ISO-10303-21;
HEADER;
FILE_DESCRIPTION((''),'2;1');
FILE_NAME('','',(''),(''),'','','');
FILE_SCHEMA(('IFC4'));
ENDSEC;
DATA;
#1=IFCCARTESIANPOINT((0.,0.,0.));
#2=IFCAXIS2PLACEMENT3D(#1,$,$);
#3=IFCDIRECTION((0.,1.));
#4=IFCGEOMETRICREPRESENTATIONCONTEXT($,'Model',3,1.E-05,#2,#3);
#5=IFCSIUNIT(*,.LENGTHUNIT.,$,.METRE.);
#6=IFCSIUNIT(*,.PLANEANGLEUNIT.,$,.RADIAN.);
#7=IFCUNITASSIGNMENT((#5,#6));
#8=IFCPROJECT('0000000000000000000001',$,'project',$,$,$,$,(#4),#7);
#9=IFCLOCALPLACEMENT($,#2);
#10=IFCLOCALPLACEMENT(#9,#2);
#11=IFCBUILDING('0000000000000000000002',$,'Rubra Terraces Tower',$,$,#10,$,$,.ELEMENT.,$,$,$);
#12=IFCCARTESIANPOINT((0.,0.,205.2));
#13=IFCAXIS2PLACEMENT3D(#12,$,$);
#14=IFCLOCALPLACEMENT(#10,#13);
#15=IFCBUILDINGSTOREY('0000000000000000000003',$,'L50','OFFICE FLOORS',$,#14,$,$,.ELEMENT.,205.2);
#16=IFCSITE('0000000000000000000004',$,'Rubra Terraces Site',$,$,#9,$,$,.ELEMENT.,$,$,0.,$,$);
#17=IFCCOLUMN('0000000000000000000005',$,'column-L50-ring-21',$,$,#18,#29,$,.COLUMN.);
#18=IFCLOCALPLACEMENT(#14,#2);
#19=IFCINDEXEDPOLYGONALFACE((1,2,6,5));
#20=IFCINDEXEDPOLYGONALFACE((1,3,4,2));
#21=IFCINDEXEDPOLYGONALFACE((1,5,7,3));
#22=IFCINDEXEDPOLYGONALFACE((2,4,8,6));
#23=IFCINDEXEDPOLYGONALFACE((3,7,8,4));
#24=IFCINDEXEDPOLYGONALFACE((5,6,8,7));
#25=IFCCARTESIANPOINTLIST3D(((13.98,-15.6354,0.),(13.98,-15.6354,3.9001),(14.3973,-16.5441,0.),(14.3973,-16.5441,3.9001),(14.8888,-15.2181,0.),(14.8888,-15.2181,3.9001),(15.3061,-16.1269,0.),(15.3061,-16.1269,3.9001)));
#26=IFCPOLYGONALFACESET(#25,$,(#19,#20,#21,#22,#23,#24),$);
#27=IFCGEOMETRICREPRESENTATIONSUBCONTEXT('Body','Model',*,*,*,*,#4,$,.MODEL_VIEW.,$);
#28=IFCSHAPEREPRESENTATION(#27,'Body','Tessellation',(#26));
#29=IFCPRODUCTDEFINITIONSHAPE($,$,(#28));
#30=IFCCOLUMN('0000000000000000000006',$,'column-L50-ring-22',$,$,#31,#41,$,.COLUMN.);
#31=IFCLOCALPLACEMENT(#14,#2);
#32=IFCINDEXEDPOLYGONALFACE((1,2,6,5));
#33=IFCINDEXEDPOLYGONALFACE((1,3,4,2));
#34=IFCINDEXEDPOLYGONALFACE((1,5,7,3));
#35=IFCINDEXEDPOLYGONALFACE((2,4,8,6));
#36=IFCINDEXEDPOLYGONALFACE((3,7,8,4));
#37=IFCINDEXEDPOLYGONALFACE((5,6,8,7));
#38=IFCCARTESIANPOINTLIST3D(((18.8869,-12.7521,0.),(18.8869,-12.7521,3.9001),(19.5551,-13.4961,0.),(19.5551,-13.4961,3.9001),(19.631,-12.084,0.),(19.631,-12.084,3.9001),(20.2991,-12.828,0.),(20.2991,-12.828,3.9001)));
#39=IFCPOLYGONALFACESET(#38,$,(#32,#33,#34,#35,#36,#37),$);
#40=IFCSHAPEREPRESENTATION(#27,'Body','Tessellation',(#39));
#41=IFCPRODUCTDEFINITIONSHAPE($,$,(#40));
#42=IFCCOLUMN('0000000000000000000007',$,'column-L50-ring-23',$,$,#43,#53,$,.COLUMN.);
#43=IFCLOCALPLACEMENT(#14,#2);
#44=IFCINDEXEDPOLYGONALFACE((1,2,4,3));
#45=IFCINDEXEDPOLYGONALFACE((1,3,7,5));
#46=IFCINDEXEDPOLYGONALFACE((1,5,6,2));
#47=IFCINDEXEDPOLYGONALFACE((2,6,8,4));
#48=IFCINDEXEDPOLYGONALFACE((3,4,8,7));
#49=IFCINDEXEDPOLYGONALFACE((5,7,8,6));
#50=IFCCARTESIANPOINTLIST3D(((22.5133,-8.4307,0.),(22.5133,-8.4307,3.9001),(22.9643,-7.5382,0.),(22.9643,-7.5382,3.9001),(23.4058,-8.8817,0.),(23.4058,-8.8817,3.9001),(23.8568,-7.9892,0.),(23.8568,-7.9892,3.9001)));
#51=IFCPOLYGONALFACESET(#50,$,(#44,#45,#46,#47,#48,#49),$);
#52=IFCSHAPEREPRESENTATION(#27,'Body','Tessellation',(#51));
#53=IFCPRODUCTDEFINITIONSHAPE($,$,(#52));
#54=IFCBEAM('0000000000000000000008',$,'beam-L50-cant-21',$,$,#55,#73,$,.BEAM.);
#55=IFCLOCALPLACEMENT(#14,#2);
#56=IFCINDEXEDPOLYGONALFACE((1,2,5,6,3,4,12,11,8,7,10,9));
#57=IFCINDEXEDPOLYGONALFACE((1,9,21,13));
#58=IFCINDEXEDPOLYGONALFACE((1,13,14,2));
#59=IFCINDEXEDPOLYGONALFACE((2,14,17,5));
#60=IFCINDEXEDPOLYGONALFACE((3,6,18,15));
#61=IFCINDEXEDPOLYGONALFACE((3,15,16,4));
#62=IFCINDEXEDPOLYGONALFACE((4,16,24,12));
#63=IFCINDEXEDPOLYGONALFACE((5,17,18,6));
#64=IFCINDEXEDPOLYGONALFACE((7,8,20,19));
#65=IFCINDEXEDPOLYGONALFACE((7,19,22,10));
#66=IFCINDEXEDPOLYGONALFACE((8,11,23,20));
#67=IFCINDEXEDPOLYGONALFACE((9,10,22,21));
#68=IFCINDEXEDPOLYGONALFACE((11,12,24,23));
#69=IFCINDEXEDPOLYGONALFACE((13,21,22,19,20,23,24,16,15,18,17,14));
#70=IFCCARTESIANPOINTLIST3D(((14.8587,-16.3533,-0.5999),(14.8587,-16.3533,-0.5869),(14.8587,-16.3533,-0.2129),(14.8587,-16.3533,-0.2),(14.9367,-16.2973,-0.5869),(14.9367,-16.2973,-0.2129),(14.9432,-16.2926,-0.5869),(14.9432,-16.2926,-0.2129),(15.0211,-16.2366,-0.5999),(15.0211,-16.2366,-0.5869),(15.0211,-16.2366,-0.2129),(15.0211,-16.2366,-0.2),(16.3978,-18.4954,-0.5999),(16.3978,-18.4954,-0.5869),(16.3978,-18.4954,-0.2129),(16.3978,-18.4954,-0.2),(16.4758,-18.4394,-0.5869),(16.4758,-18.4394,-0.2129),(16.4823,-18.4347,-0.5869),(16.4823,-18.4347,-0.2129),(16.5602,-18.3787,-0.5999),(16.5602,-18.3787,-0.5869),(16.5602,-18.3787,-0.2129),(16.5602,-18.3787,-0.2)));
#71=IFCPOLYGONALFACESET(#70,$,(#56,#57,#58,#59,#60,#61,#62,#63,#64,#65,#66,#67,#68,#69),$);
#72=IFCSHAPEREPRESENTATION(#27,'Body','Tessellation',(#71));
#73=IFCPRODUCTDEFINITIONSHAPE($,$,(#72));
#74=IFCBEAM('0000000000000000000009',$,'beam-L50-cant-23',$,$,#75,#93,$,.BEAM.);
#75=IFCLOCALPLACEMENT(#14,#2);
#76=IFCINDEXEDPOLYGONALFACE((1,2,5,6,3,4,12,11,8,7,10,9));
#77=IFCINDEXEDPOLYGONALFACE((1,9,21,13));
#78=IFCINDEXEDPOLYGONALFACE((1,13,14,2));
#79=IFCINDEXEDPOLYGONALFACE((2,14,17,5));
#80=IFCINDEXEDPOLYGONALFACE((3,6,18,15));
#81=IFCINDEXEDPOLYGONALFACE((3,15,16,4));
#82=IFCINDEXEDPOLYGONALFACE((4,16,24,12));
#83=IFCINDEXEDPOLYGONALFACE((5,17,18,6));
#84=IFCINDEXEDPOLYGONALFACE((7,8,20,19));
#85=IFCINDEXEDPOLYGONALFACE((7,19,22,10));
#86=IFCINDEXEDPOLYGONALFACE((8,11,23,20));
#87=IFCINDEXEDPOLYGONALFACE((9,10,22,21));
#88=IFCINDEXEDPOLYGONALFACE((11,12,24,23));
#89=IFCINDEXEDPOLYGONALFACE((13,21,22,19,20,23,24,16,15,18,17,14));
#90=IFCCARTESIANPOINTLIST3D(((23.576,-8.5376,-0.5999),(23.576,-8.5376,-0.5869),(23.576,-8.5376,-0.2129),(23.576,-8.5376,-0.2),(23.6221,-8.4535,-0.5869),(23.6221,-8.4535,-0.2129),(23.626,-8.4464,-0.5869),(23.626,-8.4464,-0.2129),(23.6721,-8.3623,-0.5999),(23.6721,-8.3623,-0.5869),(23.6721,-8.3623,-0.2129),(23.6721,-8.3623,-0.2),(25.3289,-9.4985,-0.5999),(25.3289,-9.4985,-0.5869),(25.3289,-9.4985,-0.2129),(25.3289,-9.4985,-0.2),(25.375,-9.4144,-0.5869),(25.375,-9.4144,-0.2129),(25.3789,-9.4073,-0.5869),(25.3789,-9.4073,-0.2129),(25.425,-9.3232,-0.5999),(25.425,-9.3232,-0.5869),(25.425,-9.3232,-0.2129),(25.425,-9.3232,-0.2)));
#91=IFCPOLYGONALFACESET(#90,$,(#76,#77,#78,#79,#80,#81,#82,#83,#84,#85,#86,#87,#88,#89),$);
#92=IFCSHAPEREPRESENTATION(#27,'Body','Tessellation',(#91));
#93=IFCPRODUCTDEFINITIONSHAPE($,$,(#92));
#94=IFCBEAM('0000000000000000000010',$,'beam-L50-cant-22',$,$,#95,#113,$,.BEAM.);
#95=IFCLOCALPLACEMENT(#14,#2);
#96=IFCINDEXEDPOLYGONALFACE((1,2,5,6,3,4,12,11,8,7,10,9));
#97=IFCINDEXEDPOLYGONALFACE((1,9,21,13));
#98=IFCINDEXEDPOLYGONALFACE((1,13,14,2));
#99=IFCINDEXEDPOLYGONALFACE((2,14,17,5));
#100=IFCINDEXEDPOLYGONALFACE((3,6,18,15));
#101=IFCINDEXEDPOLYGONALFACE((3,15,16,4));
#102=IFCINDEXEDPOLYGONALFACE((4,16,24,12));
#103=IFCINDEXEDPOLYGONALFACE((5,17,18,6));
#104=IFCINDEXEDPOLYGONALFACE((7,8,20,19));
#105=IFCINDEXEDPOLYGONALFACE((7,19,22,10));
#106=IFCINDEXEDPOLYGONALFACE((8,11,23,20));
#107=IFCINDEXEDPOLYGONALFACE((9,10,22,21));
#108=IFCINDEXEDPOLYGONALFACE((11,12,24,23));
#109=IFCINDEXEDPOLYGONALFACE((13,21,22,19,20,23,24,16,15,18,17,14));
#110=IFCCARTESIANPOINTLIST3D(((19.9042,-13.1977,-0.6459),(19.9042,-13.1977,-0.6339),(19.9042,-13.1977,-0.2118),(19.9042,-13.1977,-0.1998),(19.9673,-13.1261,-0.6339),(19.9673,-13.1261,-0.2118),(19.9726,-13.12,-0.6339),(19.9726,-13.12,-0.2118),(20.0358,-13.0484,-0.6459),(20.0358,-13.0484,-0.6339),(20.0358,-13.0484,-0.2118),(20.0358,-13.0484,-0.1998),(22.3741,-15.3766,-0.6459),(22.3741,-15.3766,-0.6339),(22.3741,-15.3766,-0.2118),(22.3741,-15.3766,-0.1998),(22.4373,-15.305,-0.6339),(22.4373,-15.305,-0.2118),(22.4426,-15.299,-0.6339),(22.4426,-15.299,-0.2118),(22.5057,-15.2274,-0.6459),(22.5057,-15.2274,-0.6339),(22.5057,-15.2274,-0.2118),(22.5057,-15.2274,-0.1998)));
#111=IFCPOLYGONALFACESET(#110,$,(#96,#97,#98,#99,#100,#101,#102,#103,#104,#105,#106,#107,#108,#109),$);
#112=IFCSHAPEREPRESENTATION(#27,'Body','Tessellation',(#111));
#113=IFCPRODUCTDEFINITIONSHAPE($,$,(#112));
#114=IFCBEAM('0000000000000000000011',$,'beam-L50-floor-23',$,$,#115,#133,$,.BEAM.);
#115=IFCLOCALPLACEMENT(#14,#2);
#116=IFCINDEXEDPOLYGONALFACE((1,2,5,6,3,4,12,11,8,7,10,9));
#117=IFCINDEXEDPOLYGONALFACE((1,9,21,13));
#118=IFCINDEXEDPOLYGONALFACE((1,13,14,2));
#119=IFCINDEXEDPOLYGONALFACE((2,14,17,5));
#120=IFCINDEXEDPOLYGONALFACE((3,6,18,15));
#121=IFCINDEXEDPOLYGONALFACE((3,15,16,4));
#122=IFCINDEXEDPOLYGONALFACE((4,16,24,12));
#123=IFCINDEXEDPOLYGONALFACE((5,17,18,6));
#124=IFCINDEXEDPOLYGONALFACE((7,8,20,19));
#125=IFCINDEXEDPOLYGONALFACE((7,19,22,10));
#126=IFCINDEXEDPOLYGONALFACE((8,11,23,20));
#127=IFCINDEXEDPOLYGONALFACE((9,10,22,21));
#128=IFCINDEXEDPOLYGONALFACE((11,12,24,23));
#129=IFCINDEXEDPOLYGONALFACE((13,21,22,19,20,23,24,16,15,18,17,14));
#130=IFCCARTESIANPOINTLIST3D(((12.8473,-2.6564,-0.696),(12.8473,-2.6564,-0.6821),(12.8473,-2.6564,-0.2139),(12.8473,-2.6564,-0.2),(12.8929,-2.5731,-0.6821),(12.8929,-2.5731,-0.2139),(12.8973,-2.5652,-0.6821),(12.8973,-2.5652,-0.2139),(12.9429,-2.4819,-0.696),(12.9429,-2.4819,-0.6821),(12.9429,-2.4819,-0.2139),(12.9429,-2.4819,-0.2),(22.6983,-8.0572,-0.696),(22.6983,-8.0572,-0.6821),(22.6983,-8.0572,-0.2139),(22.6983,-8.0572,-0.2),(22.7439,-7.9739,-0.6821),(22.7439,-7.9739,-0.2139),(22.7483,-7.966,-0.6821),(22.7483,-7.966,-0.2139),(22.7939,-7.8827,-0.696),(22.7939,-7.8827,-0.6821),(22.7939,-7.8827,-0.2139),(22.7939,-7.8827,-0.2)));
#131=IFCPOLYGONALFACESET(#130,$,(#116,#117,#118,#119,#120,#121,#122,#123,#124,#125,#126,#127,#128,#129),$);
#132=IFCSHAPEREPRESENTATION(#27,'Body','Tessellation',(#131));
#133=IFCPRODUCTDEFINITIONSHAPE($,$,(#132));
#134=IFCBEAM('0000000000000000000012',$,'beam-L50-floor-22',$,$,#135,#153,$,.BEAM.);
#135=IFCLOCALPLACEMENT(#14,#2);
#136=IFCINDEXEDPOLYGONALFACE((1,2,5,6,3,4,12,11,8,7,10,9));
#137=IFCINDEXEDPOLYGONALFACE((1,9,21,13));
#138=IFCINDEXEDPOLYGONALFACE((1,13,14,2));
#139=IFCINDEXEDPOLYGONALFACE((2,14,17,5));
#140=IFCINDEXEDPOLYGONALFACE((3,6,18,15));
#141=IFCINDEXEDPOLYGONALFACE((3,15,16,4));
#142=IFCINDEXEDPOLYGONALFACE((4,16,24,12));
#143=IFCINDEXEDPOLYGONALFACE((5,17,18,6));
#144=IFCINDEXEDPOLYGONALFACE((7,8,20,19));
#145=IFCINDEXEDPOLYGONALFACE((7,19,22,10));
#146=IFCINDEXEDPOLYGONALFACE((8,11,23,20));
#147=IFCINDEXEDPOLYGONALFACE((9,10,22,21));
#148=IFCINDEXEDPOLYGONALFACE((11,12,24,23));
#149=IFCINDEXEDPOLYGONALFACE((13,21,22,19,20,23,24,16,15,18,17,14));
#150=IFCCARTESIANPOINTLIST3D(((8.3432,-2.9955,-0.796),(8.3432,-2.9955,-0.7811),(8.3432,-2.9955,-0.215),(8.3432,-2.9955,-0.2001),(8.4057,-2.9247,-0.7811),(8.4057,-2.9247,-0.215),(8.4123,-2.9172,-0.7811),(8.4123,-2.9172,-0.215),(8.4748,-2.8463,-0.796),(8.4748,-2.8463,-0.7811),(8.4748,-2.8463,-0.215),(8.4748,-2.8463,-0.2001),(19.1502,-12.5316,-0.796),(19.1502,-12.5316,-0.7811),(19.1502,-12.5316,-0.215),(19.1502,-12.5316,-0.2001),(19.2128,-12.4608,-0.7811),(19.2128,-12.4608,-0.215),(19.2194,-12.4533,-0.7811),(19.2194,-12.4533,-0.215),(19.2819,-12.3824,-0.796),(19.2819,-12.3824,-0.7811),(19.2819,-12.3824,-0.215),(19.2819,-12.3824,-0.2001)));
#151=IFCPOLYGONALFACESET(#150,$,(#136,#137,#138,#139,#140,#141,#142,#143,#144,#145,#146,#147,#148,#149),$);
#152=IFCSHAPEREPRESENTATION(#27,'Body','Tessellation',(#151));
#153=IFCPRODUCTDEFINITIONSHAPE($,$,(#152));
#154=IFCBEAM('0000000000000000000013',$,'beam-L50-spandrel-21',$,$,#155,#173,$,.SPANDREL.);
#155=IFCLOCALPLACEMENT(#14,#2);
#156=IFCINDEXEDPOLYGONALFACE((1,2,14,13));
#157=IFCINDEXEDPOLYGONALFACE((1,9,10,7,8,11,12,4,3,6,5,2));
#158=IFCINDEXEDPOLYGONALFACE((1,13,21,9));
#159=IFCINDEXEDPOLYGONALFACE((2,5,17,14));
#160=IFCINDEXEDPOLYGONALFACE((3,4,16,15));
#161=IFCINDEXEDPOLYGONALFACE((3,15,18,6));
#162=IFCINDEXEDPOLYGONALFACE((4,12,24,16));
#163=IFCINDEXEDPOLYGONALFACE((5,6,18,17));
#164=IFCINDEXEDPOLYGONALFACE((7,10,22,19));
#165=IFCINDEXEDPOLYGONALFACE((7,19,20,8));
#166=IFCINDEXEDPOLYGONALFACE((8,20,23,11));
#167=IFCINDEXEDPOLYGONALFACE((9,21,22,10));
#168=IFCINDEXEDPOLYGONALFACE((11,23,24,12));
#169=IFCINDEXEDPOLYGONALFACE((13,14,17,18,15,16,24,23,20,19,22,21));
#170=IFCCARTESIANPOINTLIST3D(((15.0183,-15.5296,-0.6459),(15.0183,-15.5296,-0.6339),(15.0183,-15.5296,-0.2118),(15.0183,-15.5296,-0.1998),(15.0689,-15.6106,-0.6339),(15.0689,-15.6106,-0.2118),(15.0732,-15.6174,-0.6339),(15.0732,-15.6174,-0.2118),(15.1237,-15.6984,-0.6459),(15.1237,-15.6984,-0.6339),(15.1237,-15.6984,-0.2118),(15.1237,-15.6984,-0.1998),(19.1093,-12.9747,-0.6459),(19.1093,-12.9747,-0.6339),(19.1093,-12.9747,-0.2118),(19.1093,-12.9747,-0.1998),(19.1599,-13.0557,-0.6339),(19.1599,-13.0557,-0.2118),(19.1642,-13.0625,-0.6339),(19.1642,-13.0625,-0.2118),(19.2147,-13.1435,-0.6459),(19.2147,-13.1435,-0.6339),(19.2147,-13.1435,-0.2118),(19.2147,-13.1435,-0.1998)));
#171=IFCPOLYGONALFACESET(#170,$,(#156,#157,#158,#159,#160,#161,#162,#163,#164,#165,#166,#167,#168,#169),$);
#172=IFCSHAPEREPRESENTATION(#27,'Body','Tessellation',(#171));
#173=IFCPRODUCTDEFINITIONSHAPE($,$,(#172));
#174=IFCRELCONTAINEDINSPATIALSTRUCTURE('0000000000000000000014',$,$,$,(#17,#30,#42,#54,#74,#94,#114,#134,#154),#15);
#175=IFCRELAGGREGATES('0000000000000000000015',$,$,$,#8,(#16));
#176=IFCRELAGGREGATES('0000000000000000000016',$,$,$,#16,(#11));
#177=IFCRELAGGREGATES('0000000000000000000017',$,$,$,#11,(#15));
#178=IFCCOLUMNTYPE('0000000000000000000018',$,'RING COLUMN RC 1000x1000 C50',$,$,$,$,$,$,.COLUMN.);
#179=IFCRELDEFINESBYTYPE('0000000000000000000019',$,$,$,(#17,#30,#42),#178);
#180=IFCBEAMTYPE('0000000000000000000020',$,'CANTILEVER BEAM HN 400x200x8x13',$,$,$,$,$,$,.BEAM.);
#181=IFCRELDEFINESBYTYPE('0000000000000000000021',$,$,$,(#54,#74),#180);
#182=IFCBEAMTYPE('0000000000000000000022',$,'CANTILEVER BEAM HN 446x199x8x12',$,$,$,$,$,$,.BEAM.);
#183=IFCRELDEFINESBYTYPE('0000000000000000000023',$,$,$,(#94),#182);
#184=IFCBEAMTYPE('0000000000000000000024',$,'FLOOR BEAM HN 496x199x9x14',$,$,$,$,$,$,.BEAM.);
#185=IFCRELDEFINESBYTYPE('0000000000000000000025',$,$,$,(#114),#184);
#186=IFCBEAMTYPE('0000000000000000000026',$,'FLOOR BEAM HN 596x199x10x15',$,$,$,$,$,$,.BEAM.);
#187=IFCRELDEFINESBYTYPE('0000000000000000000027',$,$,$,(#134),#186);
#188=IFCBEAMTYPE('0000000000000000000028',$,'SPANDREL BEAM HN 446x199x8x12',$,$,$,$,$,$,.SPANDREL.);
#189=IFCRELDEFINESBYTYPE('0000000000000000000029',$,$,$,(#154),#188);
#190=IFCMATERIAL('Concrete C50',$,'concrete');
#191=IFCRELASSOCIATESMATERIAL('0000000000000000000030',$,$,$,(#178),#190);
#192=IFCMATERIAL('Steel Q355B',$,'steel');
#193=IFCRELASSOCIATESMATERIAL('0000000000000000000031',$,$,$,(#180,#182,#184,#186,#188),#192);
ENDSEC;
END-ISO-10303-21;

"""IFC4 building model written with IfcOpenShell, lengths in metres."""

from ifc_helpers import new_model, si_unit, direction, frame, origin, origin_2d, place, context, subcontext, project, spatial, rectangle, i_section, extrude, material, material_profile, profile_set, type_object, element, save


model = new_model("IFC4")

# Units and contexts
model_context = context("Model", 3, precision=1e-05, world=origin(), true_north=direction((0.0, 1.0)))
body_context = subcontext(model_context, "Body", "Model", "MODEL_VIEW")
ifc_project = project(units=[si_unit("LENGTHUNIT", "METRE"), si_unit("PLANEANGLEUNIT", "RADIAN")], contexts=[model_context])

# Site, building, storey
site_placement = place(None, origin())
site = spatial("IfcSite", under=ifc_project, at=site_placement, Name="Rubra Terraces Site", CompositionType="ELEMENT", RefElevation=0.0)
building_placement = place(site_placement, origin())
building = spatial("IfcBuilding", under=site, at=building_placement, Name="Rubra Terraces Tower", CompositionType="ELEMENT")
storey_placement = place(building_placement, frame((0.0, 0.0, 205.2)))
storey = spatial("IfcBuildingStorey", under=building, at=storey_placement, Name="L50", Description="OFFICE FLOORS", CompositionType="ELEMENT", Elevation=205.2)

# Columns
ifc_material_1 = material(Name="Concrete C50", Category="concrete")
ifc_material_profile_1 = material_profile(ifc_material_1, rectangle(XDim=1.0, YDim=1.0, at=origin_2d()), Name="RC 1000x1000")
ifc_profile_set_1 = profile_set([ifc_material_profile_1], Name="Concrete C50")
column_type = type_object("IfcColumnType", Name="RING COLUMN RC 1000x1000 C50", PredefinedType="COLUMN", material=ifc_profile_set_1)
for number, where, z_axis, x_axis, name in (
    (1, (14.6431, -15.8811, 0.0), (0.0, 0.0, 1.0), (0.908779, 0.417279, 0.0), "column-L50-ring-21"),
    (2, (19.593, -12.79, 0.0), (0.0, 0.0, 1.0), (0.744021, 0.668156, 0.0), "column-L50-ring-22"),
    (3, (23.1851, -8.21, 0.0), (0.0, 0.0, 1.0), (0.451028, 0.89251, 0.0), "column-L50-ring-23"),
):
    element("IfcColumn", number, at=place(storey_placement, frame(where, z_axis=z_axis, x_axis=x_axis)), inside=storey, type_object=column_type, Name=name, PredefinedType="COLUMN", context=body_context, shape_type="SweptSolid", body=[
        extrude(rectangle(XDim=1.0, YDim=1.0, at=origin_2d()), origin(), (0.0, 0.0, 1.0), 3.9001),
    ])

# Beams
ifc_material_2 = material(Name="Steel Q355B", Category="steel")
ifc_material_profile_2 = material_profile(ifc_material_2, i_section(OverallWidth=0.2, OverallDepth=0.3999, WebThickness=0.0081, FlangeThickness=0.0129, at=origin_2d()), Name="HN 400x200x8x13")
ifc_profile_set_2 = profile_set([ifc_material_profile_2], Name="Steel Q355B")
beam_type_1 = type_object("IfcBeamType", Name="CANTILEVER BEAM HN 400x200x8x13", PredefinedType="BEAM", material=ifc_profile_set_2)
beam_1_placement = place(storey_placement, frame((14.9399, -16.2949, -0.3999), z_axis=(0.583495, -0.812117, 0.0), x_axis=(0.812117, 0.583495, 0.0)))
element("IfcBeam", 4, at=beam_1_placement, inside=storey, type_object=beam_type_1, Name="beam-L50-cant-21", PredefinedType="BEAM", context=body_context, shape_type="SweptSolid", body=[
    extrude(i_section(OverallWidth=0.2, OverallDepth=0.3999, WebThickness=0.0081, FlangeThickness=0.0129, at=origin_2d()), origin(), (0.0, 0.0, 1.0), 2.6377),
])
beam_2_placement = place(storey_placement, frame((23.624, -8.45, -0.3999), z_axis=(0.876885, -0.480699, 0.0), x_axis=(0.480699, 0.876885, 0.0)))
element("IfcBeam", 5, at=beam_2_placement, inside=storey, type_object=beam_type_1, Name="beam-L50-cant-23", PredefinedType="BEAM", context=body_context, shape_type="SweptSolid", body=[
    extrude(i_section(OverallWidth=0.2, OverallDepth=0.3999, WebThickness=0.0081, FlangeThickness=0.0129, at=origin_2d()), origin(), (0.0, 0.0, 1.0), 1.999),
])
ifc_material_profile_3 = material_profile(ifc_material_2, i_section(OverallWidth=0.199, OverallDepth=0.446, WebThickness=0.0081, FlangeThickness=0.012, at=origin_2d()), Name="HN 446x199x8x12")
ifc_profile_set_3 = profile_set([ifc_material_profile_3], Name="Steel Q355B")
beam_type_2 = type_object("IfcBeamType", Name="CANTILEVER BEAM HN 446x199x8x12", PredefinedType="BEAM", material=ifc_profile_set_3)
beam_3_placement = place(storey_placement, frame((19.97, -13.123, -0.4229), z_axis=(0.749903, -0.661548, 0.0), x_axis=(0.661548, 0.749903, 0.0)))
element("IfcBeam", 6, at=beam_3_placement, inside=storey, type_object=beam_type_2, Name="beam-L50-cant-22", PredefinedType="BEAM", context=body_context, shape_type="SweptSolid", body=[
    extrude(i_section(OverallWidth=0.199, OverallDepth=0.446, WebThickness=0.0081, FlangeThickness=0.012, at=origin_2d()), origin(), (0.0, 0.0, 1.0), 3.2937),
])
ifc_material_profile_4 = material_profile(ifc_material_2, i_section(OverallWidth=0.199, OverallDepth=0.4961, WebThickness=0.009, FlangeThickness=0.0139, at=origin_2d()), Name="HN 496x199x9x14")
ifc_profile_set_4 = profile_set([ifc_material_profile_4], Name="Steel Q355B")
beam_type_3 = type_object("IfcBeamType", Name="FLOOR BEAM HN 496x199x9x14", PredefinedType="BEAM", material=ifc_profile_set_4)
beam_4_placement = place(storey_placement, frame((22.7461, -7.97, -0.448), z_axis=(-0.876862, 0.480742, 0.0), x_axis=(-0.480742, -0.876862, 0.0)))
element("IfcBeam", 7, at=beam_4_placement, inside=storey, type_object=beam_type_3, Name="beam-L50-floor-23", PredefinedType="BEAM", context=body_context, shape_type="SweptSolid", body=[
    extrude(i_section(OverallWidth=0.199, OverallDepth=0.4961, WebThickness=0.009, FlangeThickness=0.0139, at=origin_2d()), origin(), (0.0, 0.0, 1.0), 11.2344),
])
ifc_material_profile_5 = material_profile(ifc_material_2, i_section(OverallWidth=0.199, OverallDepth=0.5959, WebThickness=0.01, FlangeThickness=0.0149, at=origin_2d()), Name="HN 596x199x10x15")
ifc_profile_set_5 = profile_set([ifc_material_profile_5], Name="Steel Q355B")
beam_type_4 = type_object("IfcBeamType", Name="FLOOR BEAM HN 596x199x10x15", PredefinedType="BEAM", material=ifc_profile_set_5)
beam_5_placement = place(storey_placement, frame((19.2161, -12.457, -0.498), z_axis=(-0.749823, 0.661638, 0.0), x_axis=(-0.661638, -0.749823, 0.0)))
element("IfcBeam", 8, at=beam_5_placement, inside=storey, type_object=beam_type_4, Name="beam-L50-floor-22", PredefinedType="BEAM", context=body_context, shape_type="SweptSolid", body=[
    extrude(i_section(OverallWidth=0.199, OverallDepth=0.5959, WebThickness=0.01, FlangeThickness=0.0149, at=origin_2d()), origin(), (0.0, 0.0, 1.0), 14.4128),
])
ifc_material_profile_6 = material_profile(ifc_material_2, i_section(OverallWidth=0.199, OverallDepth=0.446, WebThickness=0.0081, FlangeThickness=0.012, at=origin_2d()), Name="HN 446x199x8x12")
ifc_profile_set_6 = profile_set([ifc_material_profile_6], Name="Steel Q355B")
beam_type_5 = type_object("IfcBeamType", Name="SPANDREL BEAM HN 446x199x8x12", PredefinedType="SPANDREL", material=ifc_profile_set_6)
beam_6_placement = place(storey_placement, frame((15.071, -15.614, -0.4229), z_axis=(0.848183, 0.529703, 0.0), x_axis=(-0.529703, 0.848183, 0.0)))
element("IfcBeam", 9, at=beam_6_placement, inside=storey, type_object=beam_type_5, Name="beam-L50-spandrel-21", PredefinedType="SPANDREL", context=body_context, shape_type="SweptSolid", body=[
    extrude(i_section(OverallWidth=0.199, OverallDepth=0.446, WebThickness=0.0081, FlangeThickness=0.012, at=origin_2d()), origin(), (0.0, 0.0, 1.0), 4.8232),
])

save(model, "model.ifc")
